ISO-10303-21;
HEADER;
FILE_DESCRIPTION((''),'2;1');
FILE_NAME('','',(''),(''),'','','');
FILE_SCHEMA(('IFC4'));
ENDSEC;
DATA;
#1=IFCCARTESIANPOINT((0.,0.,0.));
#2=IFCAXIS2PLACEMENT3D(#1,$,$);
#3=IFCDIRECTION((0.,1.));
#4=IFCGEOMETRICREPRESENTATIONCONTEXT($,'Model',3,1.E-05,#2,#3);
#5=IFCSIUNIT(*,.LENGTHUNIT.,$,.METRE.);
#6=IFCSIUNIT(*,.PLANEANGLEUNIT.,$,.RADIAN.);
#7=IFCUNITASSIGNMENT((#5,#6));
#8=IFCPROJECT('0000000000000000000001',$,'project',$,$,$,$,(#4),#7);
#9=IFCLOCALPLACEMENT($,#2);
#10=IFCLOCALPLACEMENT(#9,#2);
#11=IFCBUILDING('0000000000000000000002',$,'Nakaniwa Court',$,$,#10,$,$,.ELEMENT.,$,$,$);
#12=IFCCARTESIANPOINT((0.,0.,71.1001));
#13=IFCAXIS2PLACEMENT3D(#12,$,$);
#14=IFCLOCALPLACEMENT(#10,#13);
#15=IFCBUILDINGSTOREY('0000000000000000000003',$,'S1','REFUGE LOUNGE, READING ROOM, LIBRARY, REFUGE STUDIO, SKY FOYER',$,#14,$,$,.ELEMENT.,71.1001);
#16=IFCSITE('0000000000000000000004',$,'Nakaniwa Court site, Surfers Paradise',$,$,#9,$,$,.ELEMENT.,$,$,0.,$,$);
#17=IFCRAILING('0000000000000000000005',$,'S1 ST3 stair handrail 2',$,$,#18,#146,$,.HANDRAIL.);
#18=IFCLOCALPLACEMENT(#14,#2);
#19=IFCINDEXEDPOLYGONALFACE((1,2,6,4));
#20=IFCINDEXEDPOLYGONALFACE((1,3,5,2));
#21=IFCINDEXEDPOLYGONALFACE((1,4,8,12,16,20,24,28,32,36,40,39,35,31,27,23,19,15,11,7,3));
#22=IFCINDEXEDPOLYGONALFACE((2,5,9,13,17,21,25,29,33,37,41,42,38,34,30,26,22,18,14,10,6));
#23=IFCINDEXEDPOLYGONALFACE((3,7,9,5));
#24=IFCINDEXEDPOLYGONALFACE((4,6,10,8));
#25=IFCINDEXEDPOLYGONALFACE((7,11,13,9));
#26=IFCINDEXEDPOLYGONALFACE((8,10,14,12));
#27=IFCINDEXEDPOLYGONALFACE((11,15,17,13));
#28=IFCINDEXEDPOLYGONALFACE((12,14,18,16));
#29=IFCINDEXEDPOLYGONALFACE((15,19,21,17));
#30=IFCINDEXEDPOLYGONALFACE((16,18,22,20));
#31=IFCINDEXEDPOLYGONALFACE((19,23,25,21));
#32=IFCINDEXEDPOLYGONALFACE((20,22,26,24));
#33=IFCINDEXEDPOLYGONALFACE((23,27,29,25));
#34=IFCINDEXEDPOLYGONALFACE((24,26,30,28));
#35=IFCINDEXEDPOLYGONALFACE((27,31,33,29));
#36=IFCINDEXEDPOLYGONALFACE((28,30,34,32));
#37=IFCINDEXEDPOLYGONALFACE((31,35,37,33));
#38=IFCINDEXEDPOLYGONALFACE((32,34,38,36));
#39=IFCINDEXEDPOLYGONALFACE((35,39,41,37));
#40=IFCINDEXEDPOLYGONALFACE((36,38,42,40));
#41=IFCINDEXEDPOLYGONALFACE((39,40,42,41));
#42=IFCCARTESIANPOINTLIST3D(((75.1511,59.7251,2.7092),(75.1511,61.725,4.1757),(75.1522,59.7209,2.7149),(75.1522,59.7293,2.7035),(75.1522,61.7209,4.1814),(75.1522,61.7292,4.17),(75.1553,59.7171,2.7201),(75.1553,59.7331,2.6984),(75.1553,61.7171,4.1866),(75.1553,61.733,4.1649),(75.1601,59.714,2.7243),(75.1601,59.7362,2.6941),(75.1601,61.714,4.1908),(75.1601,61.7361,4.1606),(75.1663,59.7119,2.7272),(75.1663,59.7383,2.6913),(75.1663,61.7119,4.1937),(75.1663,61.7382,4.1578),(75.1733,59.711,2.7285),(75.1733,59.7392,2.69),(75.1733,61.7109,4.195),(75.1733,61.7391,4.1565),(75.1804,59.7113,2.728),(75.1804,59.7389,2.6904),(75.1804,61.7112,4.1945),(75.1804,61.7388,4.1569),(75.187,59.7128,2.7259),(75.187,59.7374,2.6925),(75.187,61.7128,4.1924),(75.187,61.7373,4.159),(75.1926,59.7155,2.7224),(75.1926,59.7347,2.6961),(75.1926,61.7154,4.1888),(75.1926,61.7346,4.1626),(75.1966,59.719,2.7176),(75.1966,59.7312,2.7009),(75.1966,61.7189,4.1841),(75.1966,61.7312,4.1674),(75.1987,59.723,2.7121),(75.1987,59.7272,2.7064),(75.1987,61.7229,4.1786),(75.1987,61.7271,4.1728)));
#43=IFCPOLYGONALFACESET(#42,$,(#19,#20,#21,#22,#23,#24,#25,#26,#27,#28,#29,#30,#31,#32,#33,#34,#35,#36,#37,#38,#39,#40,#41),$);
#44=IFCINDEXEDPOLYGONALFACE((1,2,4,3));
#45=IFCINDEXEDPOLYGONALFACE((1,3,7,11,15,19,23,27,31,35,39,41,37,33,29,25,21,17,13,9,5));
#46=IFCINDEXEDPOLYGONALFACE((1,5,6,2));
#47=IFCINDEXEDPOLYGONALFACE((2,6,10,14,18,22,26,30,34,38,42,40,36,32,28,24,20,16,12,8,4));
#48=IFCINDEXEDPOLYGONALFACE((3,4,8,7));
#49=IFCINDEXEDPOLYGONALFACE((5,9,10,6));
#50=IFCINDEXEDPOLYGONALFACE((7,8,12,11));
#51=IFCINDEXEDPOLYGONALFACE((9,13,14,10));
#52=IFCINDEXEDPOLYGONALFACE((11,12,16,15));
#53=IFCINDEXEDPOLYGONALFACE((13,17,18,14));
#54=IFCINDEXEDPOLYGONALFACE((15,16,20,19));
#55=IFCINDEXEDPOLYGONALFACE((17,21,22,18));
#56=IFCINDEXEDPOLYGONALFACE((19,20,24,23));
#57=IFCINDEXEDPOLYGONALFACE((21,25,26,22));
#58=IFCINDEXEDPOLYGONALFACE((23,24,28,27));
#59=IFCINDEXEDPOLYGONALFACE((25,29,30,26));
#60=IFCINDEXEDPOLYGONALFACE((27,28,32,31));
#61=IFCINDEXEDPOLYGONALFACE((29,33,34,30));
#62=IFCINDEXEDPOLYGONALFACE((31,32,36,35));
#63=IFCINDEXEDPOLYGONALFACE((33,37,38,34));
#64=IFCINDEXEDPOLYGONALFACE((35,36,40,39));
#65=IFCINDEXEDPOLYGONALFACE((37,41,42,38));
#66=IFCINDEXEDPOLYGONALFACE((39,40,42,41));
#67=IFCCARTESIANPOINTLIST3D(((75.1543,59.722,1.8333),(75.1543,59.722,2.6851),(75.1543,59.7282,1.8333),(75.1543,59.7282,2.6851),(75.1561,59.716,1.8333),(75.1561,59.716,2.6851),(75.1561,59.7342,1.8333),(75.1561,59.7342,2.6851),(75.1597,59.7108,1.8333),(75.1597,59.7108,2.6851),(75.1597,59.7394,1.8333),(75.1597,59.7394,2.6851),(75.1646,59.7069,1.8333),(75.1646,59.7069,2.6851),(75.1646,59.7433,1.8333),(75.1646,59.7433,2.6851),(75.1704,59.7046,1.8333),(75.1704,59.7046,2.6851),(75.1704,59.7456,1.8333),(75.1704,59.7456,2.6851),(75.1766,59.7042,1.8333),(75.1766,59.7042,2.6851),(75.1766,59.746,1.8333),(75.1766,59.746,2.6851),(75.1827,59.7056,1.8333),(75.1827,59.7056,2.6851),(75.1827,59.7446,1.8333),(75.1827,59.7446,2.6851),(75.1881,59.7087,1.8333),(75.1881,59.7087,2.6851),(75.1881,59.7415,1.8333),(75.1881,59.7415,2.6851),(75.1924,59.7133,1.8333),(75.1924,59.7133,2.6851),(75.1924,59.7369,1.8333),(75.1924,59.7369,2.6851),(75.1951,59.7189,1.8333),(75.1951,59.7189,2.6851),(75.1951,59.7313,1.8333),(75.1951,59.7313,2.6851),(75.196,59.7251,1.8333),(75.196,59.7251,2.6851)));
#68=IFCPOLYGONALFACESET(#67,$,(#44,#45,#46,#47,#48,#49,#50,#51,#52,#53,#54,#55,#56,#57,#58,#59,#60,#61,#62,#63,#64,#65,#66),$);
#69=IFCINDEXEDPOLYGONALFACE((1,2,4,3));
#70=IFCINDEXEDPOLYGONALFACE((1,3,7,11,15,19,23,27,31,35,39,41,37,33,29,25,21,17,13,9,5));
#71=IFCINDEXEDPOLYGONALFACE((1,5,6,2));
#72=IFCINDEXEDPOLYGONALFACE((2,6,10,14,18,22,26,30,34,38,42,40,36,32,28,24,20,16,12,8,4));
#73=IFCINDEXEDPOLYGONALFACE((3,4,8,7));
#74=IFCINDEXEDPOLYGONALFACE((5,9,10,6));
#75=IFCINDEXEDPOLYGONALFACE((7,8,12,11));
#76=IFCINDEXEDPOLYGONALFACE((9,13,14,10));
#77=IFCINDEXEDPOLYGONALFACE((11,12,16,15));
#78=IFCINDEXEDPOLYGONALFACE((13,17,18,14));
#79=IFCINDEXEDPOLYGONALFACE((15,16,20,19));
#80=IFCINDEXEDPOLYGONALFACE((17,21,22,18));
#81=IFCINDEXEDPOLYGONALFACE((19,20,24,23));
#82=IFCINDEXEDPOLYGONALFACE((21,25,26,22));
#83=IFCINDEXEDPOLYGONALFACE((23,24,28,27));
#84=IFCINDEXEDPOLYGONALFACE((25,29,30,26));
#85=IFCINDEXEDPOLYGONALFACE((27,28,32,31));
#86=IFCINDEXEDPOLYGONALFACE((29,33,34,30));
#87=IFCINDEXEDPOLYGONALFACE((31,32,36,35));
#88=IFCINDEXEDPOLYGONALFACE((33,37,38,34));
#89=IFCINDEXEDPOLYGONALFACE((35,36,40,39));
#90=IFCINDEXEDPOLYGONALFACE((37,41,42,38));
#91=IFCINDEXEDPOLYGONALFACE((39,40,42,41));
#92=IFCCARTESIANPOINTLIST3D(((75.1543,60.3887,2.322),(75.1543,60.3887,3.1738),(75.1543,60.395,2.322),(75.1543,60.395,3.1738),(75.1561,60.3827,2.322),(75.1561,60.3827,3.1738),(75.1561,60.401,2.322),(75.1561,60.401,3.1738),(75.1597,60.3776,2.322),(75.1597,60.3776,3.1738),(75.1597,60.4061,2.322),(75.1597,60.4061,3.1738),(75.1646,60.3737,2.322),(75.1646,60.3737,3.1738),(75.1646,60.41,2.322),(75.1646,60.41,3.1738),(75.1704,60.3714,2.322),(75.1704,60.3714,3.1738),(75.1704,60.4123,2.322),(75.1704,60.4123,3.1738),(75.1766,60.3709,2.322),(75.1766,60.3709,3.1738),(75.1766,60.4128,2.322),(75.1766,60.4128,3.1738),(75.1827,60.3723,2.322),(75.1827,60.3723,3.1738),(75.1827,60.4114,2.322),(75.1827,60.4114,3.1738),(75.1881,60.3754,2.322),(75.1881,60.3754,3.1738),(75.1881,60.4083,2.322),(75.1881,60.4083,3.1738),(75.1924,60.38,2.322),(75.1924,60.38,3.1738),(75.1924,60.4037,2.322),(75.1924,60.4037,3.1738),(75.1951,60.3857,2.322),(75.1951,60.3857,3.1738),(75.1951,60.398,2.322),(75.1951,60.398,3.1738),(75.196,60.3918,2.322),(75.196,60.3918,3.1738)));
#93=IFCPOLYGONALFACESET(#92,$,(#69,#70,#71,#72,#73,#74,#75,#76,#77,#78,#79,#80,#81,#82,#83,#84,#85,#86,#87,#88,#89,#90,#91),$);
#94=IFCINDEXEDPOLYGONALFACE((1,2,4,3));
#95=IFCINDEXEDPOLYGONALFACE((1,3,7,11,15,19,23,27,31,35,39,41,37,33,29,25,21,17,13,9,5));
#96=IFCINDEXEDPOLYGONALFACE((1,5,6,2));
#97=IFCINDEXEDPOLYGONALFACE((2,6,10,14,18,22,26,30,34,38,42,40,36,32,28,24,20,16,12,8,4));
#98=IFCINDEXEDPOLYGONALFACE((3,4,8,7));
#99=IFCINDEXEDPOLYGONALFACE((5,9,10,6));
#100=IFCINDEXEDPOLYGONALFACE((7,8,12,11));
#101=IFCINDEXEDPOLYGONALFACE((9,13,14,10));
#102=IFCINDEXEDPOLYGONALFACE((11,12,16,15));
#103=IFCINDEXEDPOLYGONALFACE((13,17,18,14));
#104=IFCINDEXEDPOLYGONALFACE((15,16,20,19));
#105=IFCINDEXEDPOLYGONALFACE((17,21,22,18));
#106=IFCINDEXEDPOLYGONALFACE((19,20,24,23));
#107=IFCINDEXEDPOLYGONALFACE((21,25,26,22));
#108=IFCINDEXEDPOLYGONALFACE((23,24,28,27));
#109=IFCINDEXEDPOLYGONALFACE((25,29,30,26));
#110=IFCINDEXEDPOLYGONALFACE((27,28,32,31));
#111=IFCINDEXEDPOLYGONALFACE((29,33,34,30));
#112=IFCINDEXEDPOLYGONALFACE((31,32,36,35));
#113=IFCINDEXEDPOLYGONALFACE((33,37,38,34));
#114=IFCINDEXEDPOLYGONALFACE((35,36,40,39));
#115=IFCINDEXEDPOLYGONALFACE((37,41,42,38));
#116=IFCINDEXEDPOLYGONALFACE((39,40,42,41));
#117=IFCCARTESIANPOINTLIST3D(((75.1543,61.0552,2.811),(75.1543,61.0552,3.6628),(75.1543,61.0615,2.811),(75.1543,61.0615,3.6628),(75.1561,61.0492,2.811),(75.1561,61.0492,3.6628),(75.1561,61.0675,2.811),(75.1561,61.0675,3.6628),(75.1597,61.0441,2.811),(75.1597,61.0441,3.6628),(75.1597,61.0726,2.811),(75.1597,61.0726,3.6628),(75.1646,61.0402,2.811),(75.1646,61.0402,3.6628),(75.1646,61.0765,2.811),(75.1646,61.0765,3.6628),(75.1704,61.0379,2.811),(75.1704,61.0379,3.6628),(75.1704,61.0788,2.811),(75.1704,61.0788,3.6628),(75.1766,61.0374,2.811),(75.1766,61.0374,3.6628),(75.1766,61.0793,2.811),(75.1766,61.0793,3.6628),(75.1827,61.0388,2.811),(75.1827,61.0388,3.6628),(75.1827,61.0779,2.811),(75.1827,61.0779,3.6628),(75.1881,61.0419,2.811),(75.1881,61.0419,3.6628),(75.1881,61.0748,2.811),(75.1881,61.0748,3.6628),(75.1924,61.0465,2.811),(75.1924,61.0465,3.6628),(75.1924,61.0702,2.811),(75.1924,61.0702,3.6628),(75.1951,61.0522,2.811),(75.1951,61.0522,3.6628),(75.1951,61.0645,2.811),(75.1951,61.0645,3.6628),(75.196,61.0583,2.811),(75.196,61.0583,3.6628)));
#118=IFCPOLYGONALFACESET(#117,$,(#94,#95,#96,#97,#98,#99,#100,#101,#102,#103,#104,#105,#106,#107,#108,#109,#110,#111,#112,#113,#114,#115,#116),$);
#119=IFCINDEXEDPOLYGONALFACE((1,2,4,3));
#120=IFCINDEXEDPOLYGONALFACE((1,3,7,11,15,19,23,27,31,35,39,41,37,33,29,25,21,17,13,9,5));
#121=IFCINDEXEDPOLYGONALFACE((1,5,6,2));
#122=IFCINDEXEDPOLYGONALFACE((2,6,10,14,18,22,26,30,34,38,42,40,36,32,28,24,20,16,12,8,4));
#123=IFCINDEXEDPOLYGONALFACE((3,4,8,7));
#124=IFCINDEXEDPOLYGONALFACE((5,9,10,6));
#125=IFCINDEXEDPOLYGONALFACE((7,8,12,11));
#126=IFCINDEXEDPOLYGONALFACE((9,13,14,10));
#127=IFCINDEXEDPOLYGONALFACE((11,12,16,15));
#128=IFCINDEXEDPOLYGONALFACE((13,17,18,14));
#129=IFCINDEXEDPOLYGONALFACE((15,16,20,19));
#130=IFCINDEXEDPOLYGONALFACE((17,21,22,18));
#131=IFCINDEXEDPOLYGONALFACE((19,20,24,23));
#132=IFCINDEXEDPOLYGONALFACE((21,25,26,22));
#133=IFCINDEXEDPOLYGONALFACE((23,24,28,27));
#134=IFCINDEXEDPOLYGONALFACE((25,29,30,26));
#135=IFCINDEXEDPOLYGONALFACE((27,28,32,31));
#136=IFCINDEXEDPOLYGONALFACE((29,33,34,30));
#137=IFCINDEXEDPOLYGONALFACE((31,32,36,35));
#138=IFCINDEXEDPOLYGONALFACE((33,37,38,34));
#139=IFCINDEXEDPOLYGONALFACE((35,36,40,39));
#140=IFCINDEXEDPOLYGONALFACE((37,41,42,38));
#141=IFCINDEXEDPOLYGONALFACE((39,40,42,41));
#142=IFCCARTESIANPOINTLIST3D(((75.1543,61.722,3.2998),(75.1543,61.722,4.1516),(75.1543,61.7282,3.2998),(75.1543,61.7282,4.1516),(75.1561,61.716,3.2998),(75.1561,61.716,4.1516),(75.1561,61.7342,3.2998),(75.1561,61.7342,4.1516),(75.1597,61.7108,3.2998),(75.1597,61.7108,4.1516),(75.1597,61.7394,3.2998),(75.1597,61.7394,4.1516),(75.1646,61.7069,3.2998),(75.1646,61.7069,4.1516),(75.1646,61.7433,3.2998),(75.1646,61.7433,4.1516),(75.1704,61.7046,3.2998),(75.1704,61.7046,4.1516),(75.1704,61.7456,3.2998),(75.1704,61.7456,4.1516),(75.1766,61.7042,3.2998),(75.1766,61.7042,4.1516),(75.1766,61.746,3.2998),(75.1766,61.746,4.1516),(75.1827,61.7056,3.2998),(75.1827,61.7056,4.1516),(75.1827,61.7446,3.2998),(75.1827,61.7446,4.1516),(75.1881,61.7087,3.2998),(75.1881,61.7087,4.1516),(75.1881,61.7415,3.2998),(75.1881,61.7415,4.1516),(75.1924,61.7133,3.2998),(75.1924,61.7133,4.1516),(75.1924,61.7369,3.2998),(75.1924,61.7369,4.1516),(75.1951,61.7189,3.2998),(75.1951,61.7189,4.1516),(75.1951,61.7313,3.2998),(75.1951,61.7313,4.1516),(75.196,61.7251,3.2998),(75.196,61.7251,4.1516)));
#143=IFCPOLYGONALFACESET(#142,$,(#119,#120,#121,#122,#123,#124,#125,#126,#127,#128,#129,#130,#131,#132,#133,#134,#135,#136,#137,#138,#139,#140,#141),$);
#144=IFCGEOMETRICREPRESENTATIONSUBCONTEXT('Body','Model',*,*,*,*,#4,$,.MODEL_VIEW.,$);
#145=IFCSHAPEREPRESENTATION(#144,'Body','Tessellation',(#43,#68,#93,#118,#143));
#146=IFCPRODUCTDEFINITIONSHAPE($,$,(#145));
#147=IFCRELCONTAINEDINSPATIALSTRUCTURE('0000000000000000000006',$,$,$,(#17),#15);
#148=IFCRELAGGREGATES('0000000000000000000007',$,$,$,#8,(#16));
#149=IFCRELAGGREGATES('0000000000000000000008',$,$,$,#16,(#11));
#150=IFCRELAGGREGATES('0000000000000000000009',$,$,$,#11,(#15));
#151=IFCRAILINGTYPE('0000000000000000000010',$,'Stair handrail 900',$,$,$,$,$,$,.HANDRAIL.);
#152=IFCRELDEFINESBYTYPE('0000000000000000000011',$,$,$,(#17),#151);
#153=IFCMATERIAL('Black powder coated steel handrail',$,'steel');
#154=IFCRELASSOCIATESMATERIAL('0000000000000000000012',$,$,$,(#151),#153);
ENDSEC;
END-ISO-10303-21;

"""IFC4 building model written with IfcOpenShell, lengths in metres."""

from ifc_helpers import new_model, si_unit, direction, frame, origin, origin_2d, place, context, subcontext, project, spatial, circle, extrude, material, type_object, element, save


model = new_model("IFC4")

# Units and contexts
model_context = context("Model", 3, precision=1e-05, world=origin(), true_north=direction((0.0, 1.0)))
body_context = subcontext(model_context, "Body", "Model", "MODEL_VIEW")
ifc_project = project(units=[si_unit("LENGTHUNIT", "METRE"), si_unit("PLANEANGLEUNIT", "RADIAN")], contexts=[model_context])

# Site, building, storey
site_placement = place(None, origin())
site = spatial("IfcSite", under=ifc_project, at=site_placement, Name="Nakaniwa Court site, Surfers Paradise", CompositionType="ELEMENT", RefElevation=0.0)
building_placement = place(site_placement, origin())
building = spatial("IfcBuilding", under=site, at=building_placement, Name="Nakaniwa Court", CompositionType="ELEMENT")
storey_placement = place(building_placement, frame((0.0, 0.0, 71.1001)))
storey = spatial("IfcBuildingStorey", under=building, at=storey_placement, Name="S1", Description="REFUGE LOUNGE, READING ROOM, LIBRARY, REFUGE STUDIO, SKY FOYER", CompositionType="ELEMENT", Elevation=71.1001)

# Railing
ifc_material_1 = material(Name="Black powder coated steel handrail", Category="steel")
railing_type_1 = type_object("IfcRailingType", Name="Stair handrail 900", PredefinedType="HANDRAIL", material=ifc_material_1)
railing_1_placement = place(storey_placement, frame((75.175, 59.7251, 1.8333)))
element("IfcRailing", 1, at=railing_1_placement, inside=storey, type_object=railing_type_1, Name="S1 ST3 stair handrail 2", PredefinedType="HANDRAIL", context=body_context, shape_type="SweptSolid", body=[
    extrude(circle(Radius=0.0239, at=origin_2d()), frame((0.0, 0.0, 0.876), z_axis=(0.0, 0.806427, 0.591334), x_axis=(-1.0, 0.0, 0.0)), (0.0, 0.0, 1.0), 2.48),
    extrude(circle(Radius=0.021, at=origin_2d()), origin(), (0.0, 0.0, 1.0), 0.8518),
    extrude(circle(Radius=0.021, at=origin_2d()), frame((0.0, 0.6667, 0.4888)), (0.0, 0.0, 1.0), 0.8518),
    extrude(circle(Radius=0.021, at=origin_2d()), frame((0.0, 1.3333, 0.9778)), (0.0, 0.0, 1.0), 0.8518),
    extrude(circle(Radius=0.021, at=origin_2d()), frame((0.0, 2.0, 1.4666)), (0.0, 0.0, 1.0), 0.8518),
])

save(model, "model.ifc")
